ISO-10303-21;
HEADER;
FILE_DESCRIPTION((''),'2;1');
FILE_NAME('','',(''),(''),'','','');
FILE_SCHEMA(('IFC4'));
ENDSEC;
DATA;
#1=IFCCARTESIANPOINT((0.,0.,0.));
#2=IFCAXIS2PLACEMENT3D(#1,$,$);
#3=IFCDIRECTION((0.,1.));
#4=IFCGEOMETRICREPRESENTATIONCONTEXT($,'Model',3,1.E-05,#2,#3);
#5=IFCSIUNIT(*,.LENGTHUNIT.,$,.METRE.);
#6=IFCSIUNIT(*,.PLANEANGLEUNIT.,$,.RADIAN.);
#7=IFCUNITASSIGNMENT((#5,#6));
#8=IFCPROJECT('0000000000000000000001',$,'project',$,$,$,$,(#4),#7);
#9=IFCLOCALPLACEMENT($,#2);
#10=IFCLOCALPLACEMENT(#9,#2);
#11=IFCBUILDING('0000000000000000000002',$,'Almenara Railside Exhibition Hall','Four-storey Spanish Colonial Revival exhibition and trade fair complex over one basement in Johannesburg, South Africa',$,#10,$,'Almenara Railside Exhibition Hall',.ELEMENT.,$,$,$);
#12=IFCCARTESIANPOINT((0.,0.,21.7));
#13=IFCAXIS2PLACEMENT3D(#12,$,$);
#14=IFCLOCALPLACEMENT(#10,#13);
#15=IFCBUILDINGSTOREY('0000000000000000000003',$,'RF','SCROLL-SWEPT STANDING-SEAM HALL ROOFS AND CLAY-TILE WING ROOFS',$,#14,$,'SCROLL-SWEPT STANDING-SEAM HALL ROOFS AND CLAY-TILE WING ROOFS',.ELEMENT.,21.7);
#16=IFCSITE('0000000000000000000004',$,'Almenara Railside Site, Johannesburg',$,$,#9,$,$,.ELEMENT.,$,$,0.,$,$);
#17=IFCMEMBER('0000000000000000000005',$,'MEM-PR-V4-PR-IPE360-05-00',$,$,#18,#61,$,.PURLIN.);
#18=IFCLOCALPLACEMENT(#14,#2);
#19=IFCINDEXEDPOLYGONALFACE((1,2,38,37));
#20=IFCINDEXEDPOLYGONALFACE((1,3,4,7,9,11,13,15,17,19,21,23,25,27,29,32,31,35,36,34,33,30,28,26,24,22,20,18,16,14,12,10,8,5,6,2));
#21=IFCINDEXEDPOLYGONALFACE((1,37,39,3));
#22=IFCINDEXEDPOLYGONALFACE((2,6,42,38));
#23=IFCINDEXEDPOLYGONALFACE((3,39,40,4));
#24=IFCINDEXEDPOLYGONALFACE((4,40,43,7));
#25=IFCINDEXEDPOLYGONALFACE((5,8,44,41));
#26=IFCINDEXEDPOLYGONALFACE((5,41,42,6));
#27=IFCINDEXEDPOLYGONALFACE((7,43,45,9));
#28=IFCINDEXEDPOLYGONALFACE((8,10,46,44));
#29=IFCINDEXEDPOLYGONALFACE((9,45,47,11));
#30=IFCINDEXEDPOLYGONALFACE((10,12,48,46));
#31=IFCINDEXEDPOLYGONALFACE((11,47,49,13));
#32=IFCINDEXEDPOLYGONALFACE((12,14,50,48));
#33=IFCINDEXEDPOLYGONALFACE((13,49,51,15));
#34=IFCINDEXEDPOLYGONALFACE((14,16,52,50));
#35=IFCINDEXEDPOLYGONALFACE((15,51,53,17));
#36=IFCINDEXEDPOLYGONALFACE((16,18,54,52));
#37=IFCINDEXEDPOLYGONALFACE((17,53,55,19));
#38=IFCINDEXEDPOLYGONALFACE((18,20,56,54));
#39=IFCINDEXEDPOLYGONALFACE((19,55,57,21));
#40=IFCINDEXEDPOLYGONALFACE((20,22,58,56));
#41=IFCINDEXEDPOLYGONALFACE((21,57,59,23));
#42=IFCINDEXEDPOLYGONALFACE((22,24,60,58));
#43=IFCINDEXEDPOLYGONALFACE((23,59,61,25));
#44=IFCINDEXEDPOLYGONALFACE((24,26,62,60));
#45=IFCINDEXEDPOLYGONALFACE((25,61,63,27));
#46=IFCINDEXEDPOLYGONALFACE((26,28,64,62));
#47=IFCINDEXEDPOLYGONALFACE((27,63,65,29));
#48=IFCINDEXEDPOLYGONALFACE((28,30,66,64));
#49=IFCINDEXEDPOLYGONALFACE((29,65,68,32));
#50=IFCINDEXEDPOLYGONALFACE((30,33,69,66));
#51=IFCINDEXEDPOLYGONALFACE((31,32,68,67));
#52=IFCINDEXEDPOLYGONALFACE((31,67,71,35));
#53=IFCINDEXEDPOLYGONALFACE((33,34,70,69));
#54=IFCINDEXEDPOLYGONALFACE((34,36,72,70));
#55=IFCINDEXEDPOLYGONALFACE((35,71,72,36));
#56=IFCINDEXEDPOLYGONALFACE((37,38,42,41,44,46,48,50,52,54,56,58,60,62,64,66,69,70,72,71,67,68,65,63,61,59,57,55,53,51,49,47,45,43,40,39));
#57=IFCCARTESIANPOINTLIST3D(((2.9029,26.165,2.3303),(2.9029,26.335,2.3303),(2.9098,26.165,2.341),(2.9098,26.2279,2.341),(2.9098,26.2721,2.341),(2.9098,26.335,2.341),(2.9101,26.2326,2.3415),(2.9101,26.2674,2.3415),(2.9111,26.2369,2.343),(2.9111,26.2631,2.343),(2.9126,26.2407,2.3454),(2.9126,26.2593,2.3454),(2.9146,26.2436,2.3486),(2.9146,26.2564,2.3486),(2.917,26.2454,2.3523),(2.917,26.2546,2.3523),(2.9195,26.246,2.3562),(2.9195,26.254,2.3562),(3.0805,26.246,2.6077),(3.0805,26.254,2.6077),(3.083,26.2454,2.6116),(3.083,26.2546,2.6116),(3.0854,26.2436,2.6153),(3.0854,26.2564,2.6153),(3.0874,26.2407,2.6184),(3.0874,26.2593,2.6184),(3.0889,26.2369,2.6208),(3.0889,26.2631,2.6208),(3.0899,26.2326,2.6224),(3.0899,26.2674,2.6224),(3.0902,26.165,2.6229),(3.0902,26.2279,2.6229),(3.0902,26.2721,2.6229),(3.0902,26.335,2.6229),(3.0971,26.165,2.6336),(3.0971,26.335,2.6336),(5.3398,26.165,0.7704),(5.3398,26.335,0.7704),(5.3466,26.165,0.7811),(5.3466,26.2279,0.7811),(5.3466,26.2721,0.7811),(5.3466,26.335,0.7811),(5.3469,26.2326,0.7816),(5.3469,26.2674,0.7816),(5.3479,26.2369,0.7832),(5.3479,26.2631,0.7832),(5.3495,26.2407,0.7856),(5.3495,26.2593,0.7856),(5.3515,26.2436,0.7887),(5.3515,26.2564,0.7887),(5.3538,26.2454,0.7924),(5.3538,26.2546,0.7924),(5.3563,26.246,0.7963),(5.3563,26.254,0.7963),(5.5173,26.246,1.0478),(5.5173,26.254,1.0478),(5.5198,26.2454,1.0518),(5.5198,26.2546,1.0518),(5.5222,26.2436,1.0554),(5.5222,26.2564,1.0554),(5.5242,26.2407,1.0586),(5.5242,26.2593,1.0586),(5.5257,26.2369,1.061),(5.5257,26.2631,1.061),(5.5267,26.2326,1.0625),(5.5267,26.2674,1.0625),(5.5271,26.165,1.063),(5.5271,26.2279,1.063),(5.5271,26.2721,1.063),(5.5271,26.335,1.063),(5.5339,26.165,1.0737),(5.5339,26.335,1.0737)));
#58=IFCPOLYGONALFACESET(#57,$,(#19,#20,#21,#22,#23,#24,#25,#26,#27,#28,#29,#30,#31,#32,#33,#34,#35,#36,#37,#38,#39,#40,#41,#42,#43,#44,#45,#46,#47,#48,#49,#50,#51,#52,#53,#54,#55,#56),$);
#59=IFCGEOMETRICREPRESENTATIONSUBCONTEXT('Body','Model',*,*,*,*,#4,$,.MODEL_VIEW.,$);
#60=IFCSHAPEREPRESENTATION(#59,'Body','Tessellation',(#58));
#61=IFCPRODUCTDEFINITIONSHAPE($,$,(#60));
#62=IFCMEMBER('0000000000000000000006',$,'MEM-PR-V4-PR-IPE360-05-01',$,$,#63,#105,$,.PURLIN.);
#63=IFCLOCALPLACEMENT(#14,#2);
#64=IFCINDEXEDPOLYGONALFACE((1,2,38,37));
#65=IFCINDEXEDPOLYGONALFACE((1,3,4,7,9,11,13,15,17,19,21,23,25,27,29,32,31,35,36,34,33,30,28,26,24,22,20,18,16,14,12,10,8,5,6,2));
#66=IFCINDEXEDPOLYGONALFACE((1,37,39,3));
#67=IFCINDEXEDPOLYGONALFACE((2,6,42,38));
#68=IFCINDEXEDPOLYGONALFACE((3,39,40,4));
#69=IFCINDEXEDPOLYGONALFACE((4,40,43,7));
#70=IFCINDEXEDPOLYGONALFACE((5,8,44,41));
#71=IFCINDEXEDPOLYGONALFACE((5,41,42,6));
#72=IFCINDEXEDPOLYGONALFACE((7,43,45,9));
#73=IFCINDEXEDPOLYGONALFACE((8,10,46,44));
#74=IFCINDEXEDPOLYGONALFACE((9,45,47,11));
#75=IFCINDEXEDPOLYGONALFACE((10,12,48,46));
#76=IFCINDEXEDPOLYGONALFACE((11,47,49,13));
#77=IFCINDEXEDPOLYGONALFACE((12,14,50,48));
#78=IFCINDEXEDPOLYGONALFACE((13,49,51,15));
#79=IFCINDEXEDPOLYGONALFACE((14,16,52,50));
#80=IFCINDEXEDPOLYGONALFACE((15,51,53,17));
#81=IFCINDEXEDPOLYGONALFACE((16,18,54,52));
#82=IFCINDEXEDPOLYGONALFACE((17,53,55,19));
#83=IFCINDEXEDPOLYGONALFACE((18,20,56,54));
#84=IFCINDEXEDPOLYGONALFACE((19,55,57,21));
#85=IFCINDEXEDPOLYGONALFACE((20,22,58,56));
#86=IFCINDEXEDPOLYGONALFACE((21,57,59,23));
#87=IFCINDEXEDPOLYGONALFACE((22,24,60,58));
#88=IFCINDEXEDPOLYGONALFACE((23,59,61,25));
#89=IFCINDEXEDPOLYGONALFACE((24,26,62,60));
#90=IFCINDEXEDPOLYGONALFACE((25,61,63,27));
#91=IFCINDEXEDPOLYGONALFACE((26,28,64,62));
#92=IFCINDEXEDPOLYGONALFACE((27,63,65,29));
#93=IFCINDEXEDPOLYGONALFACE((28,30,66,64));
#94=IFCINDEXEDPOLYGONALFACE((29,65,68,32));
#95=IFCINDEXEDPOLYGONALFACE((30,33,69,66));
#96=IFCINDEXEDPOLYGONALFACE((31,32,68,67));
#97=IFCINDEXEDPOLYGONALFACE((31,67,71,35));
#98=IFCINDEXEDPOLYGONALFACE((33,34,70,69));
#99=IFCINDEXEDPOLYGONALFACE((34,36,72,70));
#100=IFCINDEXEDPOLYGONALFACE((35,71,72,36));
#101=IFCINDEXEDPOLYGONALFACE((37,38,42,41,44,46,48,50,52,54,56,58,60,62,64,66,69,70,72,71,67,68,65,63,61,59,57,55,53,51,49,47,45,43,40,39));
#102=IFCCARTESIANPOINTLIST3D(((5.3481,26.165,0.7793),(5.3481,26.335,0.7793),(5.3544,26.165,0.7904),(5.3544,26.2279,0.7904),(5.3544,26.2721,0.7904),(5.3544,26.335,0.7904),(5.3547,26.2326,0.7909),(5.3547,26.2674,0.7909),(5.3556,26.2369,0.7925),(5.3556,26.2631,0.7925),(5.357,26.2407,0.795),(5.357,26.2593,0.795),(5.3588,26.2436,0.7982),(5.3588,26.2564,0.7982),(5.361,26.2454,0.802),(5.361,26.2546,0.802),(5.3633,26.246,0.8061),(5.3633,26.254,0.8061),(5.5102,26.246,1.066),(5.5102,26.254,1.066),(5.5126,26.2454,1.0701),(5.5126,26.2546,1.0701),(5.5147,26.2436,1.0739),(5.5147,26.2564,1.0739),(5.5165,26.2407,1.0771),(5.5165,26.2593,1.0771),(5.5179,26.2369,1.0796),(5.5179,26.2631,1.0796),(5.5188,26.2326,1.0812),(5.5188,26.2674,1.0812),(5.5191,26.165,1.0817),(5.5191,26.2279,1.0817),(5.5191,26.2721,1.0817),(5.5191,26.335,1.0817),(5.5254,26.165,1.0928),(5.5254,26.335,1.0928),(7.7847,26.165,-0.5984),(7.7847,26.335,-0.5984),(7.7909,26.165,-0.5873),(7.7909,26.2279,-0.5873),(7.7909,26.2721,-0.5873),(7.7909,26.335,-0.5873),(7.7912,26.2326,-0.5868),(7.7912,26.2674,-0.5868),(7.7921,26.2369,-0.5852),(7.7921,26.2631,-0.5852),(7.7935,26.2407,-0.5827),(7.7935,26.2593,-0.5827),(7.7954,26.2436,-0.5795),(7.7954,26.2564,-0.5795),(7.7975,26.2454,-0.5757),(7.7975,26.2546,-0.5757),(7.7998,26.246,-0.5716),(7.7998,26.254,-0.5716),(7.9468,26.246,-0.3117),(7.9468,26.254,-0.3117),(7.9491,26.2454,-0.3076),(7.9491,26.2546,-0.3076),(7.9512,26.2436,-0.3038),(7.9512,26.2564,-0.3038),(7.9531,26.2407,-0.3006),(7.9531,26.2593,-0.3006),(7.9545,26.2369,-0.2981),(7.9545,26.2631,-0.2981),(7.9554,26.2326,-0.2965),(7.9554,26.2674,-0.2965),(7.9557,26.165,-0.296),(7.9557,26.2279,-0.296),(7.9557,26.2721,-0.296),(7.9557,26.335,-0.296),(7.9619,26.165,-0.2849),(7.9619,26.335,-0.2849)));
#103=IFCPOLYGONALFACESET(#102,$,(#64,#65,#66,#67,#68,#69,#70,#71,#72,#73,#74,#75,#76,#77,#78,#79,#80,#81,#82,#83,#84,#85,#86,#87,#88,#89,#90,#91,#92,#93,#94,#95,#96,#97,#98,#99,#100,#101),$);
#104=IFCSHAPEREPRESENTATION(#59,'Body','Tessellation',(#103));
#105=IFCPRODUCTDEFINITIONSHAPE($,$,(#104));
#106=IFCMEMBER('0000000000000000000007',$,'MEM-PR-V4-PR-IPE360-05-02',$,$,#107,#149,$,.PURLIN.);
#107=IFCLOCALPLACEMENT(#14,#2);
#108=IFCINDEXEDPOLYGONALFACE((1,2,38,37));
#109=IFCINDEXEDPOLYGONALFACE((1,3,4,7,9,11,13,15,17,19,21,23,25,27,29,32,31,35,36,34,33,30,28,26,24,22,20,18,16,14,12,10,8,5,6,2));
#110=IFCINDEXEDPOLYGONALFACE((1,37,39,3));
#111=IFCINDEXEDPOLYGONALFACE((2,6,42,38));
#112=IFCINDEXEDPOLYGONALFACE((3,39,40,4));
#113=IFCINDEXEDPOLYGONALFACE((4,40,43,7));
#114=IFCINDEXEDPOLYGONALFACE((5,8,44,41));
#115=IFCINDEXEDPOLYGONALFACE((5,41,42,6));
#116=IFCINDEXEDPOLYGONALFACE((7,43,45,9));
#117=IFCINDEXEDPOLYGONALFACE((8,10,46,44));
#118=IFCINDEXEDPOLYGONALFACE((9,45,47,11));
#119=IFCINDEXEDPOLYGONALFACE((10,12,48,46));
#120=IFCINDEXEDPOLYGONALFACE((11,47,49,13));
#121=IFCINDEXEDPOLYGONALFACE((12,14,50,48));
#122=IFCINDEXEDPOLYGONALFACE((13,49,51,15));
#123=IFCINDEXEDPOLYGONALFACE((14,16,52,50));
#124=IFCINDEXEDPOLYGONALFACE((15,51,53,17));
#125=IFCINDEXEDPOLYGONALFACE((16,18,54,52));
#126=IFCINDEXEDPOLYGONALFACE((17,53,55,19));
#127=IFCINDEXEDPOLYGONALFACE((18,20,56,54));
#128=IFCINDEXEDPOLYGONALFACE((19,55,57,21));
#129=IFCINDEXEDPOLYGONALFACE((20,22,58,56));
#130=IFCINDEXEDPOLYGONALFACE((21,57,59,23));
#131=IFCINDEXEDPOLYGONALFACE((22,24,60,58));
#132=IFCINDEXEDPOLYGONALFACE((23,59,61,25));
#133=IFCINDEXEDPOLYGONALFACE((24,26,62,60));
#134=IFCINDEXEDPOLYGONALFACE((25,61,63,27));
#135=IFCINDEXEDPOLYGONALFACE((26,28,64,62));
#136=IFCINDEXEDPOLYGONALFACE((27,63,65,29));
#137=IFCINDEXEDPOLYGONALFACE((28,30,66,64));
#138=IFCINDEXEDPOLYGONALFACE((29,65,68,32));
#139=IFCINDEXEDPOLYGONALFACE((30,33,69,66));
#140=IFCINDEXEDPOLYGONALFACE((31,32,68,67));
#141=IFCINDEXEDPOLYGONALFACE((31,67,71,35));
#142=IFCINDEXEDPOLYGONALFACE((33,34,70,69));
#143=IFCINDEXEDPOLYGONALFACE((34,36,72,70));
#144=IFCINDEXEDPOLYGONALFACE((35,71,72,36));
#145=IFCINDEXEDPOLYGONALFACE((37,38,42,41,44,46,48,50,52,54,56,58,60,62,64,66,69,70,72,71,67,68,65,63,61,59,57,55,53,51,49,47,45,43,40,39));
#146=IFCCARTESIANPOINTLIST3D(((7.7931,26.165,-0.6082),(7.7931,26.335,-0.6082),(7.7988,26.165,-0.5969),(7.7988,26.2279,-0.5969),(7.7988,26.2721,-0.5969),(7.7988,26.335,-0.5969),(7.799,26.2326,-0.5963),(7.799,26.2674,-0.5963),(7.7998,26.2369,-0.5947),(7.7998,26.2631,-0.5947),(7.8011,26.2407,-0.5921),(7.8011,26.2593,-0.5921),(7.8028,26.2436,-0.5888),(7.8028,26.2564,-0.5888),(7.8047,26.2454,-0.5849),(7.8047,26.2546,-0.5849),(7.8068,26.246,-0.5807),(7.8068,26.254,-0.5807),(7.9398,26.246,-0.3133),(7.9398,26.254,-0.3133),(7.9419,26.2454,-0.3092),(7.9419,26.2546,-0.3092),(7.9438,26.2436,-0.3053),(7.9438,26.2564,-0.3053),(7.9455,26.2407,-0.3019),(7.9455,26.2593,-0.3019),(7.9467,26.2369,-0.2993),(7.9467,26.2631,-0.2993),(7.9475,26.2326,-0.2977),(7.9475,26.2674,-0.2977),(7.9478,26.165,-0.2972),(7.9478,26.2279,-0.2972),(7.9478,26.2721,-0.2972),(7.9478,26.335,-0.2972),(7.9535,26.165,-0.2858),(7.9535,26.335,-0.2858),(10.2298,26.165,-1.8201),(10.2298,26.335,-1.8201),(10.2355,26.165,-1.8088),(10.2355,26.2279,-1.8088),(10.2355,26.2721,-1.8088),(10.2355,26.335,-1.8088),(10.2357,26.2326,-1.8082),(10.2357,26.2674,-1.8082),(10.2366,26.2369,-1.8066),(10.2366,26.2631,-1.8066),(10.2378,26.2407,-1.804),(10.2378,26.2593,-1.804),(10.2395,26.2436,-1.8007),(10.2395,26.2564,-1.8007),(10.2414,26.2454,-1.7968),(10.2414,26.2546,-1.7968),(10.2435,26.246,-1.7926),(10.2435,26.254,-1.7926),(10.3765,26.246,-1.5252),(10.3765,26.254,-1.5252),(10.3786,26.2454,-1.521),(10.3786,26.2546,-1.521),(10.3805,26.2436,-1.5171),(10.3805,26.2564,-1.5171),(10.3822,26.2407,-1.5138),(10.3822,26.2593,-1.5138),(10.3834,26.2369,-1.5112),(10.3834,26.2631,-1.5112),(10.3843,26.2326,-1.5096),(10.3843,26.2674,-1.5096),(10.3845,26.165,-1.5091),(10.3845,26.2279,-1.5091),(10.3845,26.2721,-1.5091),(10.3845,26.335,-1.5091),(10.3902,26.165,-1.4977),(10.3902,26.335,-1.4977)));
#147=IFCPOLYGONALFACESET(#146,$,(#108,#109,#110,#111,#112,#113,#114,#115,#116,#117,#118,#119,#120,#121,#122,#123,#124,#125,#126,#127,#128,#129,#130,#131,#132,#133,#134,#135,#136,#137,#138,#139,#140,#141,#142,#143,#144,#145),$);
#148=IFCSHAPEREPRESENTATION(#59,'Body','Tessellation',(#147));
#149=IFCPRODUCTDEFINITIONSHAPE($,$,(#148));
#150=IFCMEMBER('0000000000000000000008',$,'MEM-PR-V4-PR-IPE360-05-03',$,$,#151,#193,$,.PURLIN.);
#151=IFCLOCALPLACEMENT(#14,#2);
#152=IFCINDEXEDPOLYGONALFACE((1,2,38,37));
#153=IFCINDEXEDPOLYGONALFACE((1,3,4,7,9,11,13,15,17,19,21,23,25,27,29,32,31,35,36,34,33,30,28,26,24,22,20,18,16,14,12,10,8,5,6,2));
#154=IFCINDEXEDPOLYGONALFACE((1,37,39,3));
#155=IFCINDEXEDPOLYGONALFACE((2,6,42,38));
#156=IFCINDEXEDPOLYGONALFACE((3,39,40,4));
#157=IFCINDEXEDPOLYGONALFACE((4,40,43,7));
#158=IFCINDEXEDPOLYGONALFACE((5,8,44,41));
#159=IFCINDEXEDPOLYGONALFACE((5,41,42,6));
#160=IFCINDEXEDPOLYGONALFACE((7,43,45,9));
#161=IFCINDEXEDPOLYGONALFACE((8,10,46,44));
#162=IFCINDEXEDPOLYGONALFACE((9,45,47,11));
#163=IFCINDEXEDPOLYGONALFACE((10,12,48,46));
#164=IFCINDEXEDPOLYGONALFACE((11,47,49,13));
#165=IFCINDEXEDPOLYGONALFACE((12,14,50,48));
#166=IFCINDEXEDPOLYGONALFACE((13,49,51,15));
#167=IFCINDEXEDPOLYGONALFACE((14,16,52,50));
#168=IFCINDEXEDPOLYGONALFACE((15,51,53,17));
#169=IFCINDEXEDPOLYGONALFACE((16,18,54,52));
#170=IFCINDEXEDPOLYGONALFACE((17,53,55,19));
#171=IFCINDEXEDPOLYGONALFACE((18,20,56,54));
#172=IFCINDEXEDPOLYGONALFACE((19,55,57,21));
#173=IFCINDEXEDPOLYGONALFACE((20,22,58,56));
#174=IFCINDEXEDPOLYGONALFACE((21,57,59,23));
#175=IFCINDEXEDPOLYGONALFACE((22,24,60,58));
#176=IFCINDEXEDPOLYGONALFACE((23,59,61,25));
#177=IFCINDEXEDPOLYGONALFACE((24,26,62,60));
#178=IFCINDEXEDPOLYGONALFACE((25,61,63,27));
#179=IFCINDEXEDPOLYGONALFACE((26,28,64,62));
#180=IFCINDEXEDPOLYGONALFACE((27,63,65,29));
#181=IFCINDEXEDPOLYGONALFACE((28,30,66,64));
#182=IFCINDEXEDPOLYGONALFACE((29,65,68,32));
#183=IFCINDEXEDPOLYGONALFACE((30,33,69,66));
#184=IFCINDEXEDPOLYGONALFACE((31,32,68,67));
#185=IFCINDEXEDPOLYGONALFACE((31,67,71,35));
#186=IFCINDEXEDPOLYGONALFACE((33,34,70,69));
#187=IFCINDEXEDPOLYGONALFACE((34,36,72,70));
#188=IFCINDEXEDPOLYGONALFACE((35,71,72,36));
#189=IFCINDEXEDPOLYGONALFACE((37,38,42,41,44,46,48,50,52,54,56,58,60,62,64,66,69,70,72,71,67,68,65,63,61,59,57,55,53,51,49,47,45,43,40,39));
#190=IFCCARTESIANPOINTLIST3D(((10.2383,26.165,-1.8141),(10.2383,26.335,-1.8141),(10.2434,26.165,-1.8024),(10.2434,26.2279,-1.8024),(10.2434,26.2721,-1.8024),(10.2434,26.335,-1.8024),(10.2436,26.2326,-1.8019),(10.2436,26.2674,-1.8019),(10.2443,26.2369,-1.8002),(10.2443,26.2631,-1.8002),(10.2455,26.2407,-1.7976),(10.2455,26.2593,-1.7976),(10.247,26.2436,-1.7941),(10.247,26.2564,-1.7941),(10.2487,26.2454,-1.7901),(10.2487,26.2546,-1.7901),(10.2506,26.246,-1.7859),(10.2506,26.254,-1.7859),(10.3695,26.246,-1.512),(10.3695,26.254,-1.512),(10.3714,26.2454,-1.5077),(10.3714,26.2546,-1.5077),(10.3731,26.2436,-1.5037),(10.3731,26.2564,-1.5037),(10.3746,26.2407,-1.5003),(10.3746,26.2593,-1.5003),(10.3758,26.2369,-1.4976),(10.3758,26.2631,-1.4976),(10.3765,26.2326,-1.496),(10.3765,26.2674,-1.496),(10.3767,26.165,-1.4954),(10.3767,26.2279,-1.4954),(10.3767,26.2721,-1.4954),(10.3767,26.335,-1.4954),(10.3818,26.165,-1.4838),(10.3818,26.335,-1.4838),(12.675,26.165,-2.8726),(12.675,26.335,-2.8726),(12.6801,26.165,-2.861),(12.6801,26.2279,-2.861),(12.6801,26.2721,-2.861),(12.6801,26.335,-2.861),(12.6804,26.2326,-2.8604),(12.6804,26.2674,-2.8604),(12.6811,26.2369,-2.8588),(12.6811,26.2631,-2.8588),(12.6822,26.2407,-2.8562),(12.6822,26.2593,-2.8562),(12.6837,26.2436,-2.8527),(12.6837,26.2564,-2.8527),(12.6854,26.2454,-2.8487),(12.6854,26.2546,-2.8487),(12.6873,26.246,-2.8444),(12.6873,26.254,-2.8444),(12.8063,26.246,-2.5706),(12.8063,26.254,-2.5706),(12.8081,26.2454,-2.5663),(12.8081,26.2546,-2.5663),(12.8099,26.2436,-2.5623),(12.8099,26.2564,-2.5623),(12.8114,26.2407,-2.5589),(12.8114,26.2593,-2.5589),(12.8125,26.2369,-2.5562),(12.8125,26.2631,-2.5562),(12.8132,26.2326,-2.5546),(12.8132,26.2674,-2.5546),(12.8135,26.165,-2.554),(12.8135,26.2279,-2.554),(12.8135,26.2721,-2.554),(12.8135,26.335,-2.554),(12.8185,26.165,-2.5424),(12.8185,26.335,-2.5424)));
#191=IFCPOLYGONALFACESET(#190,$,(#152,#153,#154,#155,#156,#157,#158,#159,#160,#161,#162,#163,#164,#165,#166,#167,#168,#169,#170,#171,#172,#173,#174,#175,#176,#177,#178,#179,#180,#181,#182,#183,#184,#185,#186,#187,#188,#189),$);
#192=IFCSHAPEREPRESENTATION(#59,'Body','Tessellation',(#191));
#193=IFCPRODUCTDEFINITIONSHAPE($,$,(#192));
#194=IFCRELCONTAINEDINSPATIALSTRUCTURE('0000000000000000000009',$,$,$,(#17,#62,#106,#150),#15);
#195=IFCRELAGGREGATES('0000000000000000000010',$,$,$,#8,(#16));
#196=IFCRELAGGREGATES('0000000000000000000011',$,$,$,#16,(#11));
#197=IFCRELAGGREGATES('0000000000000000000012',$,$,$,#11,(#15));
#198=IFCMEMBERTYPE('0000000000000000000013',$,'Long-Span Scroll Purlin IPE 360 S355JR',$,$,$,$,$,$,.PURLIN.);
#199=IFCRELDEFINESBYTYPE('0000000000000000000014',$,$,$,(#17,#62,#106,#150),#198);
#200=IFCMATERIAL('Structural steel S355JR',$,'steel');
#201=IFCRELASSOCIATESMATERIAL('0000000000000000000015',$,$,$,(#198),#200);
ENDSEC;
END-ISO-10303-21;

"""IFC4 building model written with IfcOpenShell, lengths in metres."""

from ifc_helpers import new_model, si_unit, direction, frame, origin, origin_2d, place, context, subcontext, project, spatial, i_section, extrude, material, material_profile, profile_set, type_object, element, save


model = new_model("IFC4")

# Units and contexts
model_context = context("Model", 3, precision=1e-05, world=origin(), true_north=direction((0.0, 1.0)))
body_context = subcontext(model_context, "Body", "Model", "MODEL_VIEW")
ifc_project = project(units=[si_unit("LENGTHUNIT", "METRE"), si_unit("PLANEANGLEUNIT", "RADIAN")], contexts=[model_context])

# Site, building, storey
site_placement = place(None, origin())
site = spatial("IfcSite", under=ifc_project, at=site_placement, Name="Almenara Railside Site, Johannesburg", CompositionType="ELEMENT", RefElevation=0.0)
building_placement = place(site_placement, origin())
building = spatial("IfcBuilding", under=site, at=building_placement, Name="Almenara Railside Exhibition Hall", Description="Four-storey Spanish Colonial Revival exhibition and trade fair complex over one basement in Johannesburg, South Africa", LongName="Almenara Railside Exhibition Hall", CompositionType="ELEMENT")
storey_placement = place(building_placement, frame((0.0, 0.0, 21.7)))
storey = spatial("IfcBuildingStorey", under=building, at=storey_placement, Name="RF", Description="SCROLL-SWEPT STANDING-SEAM HALL ROOFS AND CLAY-TILE WING ROOFS", LongName="SCROLL-SWEPT STANDING-SEAM HALL ROOFS AND CLAY-TILE WING ROOFS", CompositionType="ELEMENT", Elevation=21.7)

# Members
ifc_material_1 = material(Name="Structural steel S355JR", Category="steel")
ifc_material_profile_1 = material_profile(ifc_material_1, i_section(OverallWidth=0.1699, OverallDepth=0.3601, WebThickness=0.0081, FlangeThickness=0.0127, FilletRadius=0.0181, at=origin_2d()), Name="IPE 360")
ifc_profile_set_1 = profile_set([ifc_material_profile_1], Name="Structural steel S355JR")
member_type_1 = type_object("IfcMemberType", Name="Long-Span Scroll Purlin IPE 360 S355JR", PredefinedType="PURLIN", material=ifc_profile_set_1)
member_1_placement = place(storey_placement, frame((3.0, 26.25, 2.4819), z_axis=(0.842227, 0.0, -0.539123), x_axis=(0.0, 1.0, 0.0)))
element("IfcMember", 1, at=member_1_placement, inside=storey, type_object=member_type_1, Name="MEM-PR-V4-PR-IPE360-05-00", PredefinedType="PURLIN", context=body_context, shape_type="SweptSolid", body=[
    extrude(i_section(OverallWidth=0.1699, OverallDepth=0.3601, WebThickness=0.0081, FlangeThickness=0.0127, FilletRadius=0.0181, at=origin_2d()), origin(), (0.0, 0.0, 1.0), 2.8933),
])
member_2_placement = place(storey_placement, frame((5.4368, 26.25, 0.936), z_axis=(0.870483, 0.0, -0.492198), x_axis=(0.0, 1.0, 0.0)))
element("IfcMember", 2, at=member_2_placement, inside=storey, type_object=member_type_1, Name="MEM-PR-V4-PR-IPE360-05-01", PredefinedType="PURLIN", context=body_context, shape_type="SweptSolid", body=[
    extrude(i_section(OverallWidth=0.1699, OverallDepth=0.3601, WebThickness=0.0081, FlangeThickness=0.0127, FilletRadius=0.0181, at=origin_2d()), origin(), (0.0, 0.0, 1.0), 2.7991),
])
member_3_placement = place(storey_placement, frame((7.8733, 26.25, -0.447), z_axis=(0.895376, 0.0, -0.445311), x_axis=(0.0, 1.0, 0.0)))
element("IfcMember", 3, at=member_3_placement, inside=storey, type_object=member_type_1, Name="MEM-PR-V4-PR-IPE360-05-02", PredefinedType="PURLIN", context=body_context, shape_type="SweptSolid", body=[
    extrude(i_section(OverallWidth=0.1699, OverallDepth=0.3601, WebThickness=0.0081, FlangeThickness=0.0127, FilletRadius=0.0181, at=origin_2d()), origin(), (0.0, 0.0, 1.0), 2.7214),
])
member_4_placement = place(storey_placement, frame((10.3101, 26.25, -1.6489), z_axis=(0.91719, 0.0, -0.398451), x_axis=(0.0, 1.0, 0.0)))
element("IfcMember", 4, at=member_4_placement, inside=storey, type_object=member_type_1, Name="MEM-PR-V4-PR-IPE360-05-03", PredefinedType="PURLIN", context=body_context, shape_type="SweptSolid", body=[
    extrude(i_section(OverallWidth=0.1699, OverallDepth=0.3601, WebThickness=0.0081, FlangeThickness=0.0127, FilletRadius=0.0181, at=origin_2d()), origin(), (0.0, 0.0, 1.0), 2.6567),
])

save(model, "model.ifc")
